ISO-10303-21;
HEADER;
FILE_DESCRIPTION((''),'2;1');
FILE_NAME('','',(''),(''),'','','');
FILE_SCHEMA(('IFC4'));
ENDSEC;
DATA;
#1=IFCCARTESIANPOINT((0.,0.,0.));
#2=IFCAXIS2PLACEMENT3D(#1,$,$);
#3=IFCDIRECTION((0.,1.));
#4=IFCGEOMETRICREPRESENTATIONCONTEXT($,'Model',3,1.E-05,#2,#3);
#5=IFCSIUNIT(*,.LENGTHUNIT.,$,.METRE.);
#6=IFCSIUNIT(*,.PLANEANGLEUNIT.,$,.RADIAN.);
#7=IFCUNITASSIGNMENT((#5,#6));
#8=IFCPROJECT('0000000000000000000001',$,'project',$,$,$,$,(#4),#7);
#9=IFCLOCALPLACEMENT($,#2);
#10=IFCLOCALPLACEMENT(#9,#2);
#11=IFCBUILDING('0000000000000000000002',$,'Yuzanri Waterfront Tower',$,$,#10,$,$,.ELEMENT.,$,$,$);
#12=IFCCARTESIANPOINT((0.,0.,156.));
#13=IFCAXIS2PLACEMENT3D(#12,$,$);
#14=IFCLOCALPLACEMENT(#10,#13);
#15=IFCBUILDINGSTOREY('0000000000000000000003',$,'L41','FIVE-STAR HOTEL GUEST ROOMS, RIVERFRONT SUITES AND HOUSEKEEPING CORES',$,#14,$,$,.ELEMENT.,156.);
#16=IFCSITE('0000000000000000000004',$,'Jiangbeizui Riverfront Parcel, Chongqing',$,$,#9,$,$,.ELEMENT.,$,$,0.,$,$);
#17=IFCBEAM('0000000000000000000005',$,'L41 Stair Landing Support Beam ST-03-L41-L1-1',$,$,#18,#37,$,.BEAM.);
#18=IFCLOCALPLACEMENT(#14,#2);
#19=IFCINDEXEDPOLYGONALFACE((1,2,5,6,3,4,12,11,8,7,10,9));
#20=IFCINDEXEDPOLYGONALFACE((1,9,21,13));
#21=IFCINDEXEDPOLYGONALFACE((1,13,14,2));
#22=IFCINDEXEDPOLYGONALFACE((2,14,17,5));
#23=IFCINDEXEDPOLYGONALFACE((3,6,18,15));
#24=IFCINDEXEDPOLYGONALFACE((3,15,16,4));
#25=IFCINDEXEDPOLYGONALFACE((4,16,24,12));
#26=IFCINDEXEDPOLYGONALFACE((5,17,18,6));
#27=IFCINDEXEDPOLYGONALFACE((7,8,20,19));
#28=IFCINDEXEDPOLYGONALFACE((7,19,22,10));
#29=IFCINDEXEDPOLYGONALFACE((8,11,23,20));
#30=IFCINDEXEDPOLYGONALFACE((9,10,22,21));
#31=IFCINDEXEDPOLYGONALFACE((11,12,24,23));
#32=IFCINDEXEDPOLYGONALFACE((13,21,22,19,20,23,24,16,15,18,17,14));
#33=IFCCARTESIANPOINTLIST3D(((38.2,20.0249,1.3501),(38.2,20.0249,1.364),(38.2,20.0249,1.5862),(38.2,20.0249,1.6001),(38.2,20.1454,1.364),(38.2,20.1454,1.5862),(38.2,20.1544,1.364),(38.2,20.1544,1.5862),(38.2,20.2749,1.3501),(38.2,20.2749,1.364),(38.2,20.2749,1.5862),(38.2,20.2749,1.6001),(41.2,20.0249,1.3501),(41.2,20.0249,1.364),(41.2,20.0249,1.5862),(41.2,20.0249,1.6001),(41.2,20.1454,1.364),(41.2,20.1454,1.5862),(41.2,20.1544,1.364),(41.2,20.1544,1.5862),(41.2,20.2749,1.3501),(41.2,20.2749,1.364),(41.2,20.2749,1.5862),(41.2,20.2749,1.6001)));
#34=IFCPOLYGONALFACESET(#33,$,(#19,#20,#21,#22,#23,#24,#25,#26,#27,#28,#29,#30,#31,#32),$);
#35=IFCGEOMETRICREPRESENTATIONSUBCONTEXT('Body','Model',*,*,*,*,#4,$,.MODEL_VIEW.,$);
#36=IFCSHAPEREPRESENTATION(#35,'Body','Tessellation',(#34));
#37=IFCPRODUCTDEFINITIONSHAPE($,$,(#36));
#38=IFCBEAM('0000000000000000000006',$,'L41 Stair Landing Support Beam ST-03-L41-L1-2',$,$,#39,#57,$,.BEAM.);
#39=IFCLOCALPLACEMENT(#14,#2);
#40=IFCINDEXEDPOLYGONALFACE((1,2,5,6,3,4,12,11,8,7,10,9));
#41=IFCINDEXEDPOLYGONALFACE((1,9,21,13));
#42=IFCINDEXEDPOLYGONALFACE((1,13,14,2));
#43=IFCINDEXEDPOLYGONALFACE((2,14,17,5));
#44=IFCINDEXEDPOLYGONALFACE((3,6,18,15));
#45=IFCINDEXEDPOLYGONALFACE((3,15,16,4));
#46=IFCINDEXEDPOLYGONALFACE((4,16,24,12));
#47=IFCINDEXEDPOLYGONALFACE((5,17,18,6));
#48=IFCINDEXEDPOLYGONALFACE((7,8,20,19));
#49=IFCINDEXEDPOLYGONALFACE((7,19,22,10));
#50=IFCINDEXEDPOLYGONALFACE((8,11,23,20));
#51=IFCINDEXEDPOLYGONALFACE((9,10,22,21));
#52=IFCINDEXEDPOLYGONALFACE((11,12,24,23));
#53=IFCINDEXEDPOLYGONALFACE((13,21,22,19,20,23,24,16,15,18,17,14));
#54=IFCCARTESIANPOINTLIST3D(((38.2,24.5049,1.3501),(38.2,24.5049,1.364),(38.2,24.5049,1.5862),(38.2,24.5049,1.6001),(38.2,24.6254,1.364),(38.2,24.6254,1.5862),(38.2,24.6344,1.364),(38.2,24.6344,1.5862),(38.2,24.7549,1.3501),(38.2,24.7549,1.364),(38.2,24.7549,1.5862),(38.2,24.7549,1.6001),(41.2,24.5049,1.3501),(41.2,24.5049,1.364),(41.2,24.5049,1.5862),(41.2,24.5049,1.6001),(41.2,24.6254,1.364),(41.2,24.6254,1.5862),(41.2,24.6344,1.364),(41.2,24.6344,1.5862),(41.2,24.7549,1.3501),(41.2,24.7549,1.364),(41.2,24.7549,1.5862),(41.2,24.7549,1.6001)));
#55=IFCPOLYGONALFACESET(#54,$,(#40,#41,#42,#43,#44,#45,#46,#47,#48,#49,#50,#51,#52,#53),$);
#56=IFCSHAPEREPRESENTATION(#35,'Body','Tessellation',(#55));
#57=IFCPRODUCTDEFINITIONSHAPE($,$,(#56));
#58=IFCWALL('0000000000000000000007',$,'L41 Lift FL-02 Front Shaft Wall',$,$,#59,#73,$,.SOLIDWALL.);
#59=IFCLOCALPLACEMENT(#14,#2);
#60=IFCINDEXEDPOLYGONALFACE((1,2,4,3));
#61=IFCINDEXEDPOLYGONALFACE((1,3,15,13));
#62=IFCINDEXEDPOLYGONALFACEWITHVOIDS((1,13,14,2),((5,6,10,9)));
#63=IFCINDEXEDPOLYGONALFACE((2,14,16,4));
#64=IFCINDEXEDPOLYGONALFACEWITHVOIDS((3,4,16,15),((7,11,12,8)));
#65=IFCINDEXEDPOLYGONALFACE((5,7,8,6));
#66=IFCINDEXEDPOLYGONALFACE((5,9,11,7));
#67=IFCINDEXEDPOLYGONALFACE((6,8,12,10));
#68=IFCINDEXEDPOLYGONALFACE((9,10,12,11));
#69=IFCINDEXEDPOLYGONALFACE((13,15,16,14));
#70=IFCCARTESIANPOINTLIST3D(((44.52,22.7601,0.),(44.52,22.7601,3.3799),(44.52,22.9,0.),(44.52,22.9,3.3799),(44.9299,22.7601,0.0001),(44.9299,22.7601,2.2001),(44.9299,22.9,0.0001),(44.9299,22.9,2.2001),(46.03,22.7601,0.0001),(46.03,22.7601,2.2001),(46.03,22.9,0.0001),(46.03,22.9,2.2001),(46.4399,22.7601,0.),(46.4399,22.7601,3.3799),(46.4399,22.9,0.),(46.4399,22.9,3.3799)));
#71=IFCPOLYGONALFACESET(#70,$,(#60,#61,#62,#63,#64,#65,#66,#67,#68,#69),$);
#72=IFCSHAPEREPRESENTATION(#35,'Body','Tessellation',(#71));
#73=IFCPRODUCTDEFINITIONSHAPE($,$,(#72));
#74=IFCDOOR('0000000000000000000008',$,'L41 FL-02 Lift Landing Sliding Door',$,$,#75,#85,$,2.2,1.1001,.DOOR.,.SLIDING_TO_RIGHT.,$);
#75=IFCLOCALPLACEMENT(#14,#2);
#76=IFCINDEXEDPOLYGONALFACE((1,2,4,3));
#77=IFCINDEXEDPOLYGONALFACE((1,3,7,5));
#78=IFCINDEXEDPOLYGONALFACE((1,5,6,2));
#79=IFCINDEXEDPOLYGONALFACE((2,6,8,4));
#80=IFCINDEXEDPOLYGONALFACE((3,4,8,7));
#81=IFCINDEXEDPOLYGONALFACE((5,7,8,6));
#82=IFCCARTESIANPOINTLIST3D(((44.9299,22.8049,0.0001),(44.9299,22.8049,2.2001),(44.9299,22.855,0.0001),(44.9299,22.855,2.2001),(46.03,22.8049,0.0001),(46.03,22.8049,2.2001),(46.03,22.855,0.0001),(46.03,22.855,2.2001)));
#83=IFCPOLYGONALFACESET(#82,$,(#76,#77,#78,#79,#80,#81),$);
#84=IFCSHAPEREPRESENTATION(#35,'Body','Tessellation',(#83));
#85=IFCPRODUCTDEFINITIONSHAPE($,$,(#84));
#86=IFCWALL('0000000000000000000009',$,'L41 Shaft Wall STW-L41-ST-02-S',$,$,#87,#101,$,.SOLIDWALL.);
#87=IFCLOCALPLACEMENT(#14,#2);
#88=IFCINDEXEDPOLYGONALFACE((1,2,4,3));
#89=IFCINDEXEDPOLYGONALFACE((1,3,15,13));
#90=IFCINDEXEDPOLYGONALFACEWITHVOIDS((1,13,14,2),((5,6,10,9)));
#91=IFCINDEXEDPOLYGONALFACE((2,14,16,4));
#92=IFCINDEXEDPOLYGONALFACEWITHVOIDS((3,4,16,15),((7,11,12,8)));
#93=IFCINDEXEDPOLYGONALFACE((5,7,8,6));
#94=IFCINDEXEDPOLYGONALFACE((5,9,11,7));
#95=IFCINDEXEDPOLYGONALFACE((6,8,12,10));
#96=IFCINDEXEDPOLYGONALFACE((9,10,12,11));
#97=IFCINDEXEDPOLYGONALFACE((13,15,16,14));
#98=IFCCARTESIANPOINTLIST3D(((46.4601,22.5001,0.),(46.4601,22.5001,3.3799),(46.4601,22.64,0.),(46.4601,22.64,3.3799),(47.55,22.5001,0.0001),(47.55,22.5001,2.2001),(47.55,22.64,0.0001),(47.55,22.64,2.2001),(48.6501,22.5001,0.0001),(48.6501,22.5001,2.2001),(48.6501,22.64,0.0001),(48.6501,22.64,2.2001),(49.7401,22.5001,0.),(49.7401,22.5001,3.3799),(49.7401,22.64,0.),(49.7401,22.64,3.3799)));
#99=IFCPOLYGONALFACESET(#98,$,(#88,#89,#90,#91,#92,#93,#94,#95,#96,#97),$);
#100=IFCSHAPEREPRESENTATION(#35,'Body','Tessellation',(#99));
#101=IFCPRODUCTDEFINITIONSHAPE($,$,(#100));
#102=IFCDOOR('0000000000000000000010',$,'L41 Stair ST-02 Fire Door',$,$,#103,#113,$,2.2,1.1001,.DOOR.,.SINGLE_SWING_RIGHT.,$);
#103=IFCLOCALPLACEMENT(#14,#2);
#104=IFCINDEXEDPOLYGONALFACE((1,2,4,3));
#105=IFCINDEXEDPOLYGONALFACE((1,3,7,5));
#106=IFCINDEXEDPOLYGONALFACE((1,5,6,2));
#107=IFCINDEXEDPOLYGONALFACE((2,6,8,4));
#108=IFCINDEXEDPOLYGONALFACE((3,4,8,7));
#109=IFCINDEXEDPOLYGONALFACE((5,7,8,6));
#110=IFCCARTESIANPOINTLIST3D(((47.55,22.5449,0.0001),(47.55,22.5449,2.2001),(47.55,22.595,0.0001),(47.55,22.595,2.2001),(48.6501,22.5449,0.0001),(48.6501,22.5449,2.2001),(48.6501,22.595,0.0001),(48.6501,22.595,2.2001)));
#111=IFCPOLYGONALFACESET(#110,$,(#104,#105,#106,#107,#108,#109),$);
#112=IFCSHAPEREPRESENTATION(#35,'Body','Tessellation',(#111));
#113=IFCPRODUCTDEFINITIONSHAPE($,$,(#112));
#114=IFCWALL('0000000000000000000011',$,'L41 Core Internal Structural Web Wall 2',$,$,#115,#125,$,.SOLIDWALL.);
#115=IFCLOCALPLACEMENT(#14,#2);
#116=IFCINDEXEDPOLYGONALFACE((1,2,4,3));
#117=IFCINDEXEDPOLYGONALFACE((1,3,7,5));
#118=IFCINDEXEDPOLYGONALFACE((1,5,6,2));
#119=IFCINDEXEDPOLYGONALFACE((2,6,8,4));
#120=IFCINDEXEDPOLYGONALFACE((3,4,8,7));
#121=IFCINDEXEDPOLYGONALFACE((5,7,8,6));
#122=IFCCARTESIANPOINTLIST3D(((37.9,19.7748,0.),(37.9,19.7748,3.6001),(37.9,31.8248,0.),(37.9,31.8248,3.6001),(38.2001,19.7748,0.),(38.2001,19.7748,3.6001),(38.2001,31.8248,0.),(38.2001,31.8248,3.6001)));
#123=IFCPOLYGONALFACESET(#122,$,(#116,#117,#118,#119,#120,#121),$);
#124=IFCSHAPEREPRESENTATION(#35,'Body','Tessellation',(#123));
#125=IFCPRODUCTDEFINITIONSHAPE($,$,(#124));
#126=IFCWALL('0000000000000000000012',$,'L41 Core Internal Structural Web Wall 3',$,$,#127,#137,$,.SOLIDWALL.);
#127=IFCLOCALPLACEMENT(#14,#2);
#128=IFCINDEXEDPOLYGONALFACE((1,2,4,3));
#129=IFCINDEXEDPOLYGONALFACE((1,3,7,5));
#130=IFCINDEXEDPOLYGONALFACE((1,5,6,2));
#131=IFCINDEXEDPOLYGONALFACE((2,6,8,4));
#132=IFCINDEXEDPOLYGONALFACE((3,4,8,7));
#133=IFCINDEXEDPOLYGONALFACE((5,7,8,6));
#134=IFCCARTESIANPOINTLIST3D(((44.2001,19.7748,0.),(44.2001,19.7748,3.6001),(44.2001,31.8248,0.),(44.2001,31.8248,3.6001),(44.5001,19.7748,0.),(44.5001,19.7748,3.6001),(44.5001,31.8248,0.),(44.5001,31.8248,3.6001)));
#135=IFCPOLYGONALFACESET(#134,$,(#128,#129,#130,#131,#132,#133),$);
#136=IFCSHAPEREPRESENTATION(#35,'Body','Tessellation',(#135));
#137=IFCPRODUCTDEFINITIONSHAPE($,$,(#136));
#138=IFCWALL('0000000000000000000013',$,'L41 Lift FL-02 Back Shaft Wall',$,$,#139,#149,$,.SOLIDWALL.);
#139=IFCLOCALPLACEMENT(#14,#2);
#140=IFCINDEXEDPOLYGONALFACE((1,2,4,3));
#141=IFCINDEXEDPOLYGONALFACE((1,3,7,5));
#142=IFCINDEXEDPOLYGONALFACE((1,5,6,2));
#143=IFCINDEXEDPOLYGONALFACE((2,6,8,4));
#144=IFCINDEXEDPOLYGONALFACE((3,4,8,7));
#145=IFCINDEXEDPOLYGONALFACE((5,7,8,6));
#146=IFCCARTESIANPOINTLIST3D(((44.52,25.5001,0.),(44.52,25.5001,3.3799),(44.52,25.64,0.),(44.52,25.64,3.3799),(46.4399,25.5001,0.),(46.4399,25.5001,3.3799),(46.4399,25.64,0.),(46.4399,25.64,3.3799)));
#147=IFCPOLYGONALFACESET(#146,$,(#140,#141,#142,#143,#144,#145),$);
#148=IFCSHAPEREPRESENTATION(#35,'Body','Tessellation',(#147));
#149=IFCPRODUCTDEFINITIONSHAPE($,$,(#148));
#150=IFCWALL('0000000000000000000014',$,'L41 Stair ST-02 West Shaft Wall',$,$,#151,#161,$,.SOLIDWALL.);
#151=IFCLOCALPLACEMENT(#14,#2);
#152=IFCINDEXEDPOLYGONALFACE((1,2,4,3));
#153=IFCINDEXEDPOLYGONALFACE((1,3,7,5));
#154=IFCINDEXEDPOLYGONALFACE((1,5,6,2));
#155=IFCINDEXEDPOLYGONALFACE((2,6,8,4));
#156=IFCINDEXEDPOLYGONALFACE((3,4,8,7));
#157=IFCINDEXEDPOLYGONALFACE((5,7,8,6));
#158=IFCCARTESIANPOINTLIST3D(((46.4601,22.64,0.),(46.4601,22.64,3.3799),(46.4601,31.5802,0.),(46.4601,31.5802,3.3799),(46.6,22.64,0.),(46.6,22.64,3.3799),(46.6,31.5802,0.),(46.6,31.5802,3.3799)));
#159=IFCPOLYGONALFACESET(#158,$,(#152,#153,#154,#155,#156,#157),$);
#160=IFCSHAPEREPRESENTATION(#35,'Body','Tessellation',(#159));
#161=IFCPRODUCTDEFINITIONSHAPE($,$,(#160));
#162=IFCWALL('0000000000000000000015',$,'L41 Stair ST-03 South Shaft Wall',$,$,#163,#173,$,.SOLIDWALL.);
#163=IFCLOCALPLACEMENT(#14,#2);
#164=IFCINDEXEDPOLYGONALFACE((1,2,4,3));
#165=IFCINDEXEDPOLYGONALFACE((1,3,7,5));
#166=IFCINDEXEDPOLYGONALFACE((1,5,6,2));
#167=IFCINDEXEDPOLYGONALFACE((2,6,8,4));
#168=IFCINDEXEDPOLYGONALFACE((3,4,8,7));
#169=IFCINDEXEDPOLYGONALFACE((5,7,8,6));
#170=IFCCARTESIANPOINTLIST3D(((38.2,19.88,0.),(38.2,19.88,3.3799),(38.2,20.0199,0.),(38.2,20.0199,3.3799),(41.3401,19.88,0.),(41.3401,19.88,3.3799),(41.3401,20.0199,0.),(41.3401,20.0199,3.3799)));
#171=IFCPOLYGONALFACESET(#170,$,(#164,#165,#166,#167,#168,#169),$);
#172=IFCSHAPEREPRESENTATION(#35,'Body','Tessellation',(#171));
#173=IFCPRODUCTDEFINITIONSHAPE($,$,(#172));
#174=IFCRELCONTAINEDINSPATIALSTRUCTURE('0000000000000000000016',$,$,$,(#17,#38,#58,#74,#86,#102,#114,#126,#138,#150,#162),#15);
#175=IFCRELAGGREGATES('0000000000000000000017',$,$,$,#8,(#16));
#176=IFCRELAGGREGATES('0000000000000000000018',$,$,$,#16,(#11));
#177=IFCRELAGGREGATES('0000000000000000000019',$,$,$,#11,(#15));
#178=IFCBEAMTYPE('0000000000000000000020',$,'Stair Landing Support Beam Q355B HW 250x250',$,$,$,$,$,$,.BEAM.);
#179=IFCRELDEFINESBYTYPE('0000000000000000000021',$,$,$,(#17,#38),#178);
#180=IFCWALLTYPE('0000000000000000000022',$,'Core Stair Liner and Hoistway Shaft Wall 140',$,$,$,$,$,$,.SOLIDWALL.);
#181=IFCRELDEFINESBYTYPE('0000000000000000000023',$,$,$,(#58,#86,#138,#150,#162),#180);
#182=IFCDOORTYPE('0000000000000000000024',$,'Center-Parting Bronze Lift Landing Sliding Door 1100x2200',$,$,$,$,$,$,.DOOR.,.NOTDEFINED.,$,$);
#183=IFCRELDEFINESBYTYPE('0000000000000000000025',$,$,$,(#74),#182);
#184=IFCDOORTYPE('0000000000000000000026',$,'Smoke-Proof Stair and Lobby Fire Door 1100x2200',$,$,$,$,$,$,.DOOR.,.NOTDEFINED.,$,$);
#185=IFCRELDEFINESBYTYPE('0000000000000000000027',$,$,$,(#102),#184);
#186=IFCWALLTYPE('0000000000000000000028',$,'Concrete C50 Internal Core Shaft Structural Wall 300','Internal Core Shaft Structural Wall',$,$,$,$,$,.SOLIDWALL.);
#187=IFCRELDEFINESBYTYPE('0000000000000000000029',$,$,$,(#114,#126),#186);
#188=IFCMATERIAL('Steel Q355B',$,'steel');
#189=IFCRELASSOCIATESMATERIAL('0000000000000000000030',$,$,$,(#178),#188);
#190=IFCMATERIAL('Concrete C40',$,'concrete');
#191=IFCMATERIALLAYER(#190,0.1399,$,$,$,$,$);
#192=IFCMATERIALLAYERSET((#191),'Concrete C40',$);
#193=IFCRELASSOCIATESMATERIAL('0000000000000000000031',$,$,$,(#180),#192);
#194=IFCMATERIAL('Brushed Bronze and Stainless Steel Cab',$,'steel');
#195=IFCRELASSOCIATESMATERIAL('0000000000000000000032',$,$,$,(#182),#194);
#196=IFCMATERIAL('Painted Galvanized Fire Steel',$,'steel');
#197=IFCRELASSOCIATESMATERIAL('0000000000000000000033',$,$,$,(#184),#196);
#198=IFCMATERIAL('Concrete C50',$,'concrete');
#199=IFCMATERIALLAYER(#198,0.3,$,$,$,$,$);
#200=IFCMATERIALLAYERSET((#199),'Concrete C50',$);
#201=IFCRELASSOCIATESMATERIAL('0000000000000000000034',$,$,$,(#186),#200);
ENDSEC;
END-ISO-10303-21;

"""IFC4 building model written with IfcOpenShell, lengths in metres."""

from ifc_helpers import new_model, si_unit, direction, frame, frame_2d, origin, origin_2d, place, context, subcontext, project, spatial, rectangle, i_section, extrude, source, transform, mapped, material, layer, layer_set, material_profile, profile_set, type_object, element, fill, save


model = new_model("IFC4")

# Units and contexts
model_context = context("Model", 3, precision=1e-05, world=origin(), true_north=direction((0.0, 1.0)))
body_context = subcontext(model_context, "Body", "Model", "MODEL_VIEW")
ifc_project = project(units=[si_unit("LENGTHUNIT", "METRE"), si_unit("PLANEANGLEUNIT", "RADIAN")], contexts=[model_context])

# Site, building, storey
site_placement = place(None, origin())
site = spatial("IfcSite", under=ifc_project, at=site_placement, Name="Jiangbeizui Riverfront Parcel, Chongqing", CompositionType="ELEMENT", RefElevation=0.0)
building_placement = place(site_placement, origin())
building = spatial("IfcBuilding", under=site, at=building_placement, Name="Yuzanri Waterfront Tower", CompositionType="ELEMENT")
storey_placement = place(building_placement, frame((0.0, 0.0, 156.0)))
storey = spatial("IfcBuildingStorey", under=building, at=storey_placement, Name="L41", Description="FIVE-STAR HOTEL GUEST ROOMS, RIVERFRONT SUITES AND HOUSEKEEPING CORES", CompositionType="ELEMENT", Elevation=156.0)

# Beams
ifc_material_1 = material(Name="Steel Q355B", Category="steel")
ifc_material_profile = material_profile(ifc_material_1, i_section(OverallWidth=0.25, OverallDepth=0.25, WebThickness=0.009, FlangeThickness=0.0139, at=origin_2d()), Name="HW 250x250x9x14")
ifc_profile_set = profile_set([ifc_material_profile], Name="Steel Q355B")
beam_type = type_object("IfcBeamType", Name="Stair Landing Support Beam Q355B HW 250x250", PredefinedType="BEAM", material=ifc_profile_set)
shared_shape_1 = source(origin(), body_context, "Body", "SweptSolid", [
    extrude(i_section(OverallWidth=0.25, OverallDepth=0.25, WebThickness=0.009, FlangeThickness=0.0139, at=origin_2d()), origin(), (0.0, 0.0, 1.0), 3.0),
])
for number, where, z_axis, x_axis, name in (
    (1, (38.2, 20.1499, 1.4751), (1.0, 0.0, 0.0), (0.0, 1.0, 0.0), "L41 Stair Landing Support Beam ST-03-L41-L1-1"),
    (2, (38.2, 24.6299, 1.4751), (1.0, 0.0, 0.0), (0.0, 1.0, 0.0), "L41 Stair Landing Support Beam ST-03-L41-L1-2"),
):
    element("IfcBeam", number, at=place(storey_placement, frame(where, z_axis=z_axis, x_axis=x_axis)), inside=storey, type_object=beam_type, Name=name, PredefinedType="BEAM", context=body_context, shape_type="MappedRepresentation", body=[
        mapped(shared_shape_1, transform((0.0, 0.0, 0.0), scale=1.0)),
    ])

# Walls, openings, doors
ifc_material_2 = material(Name="Concrete C40", Category="concrete")
ifc_layer_1 = layer(ifc_material_2, 0.1399)
ifc_layer_set_1 = layer_set([ifc_layer_1], Name="Concrete C40")
wall_type_1 = type_object("IfcWallType", Name="Core Stair Liner and Hoistway Shaft Wall 140", PredefinedType="SOLIDWALL", material=ifc_layer_set_1)
wall_1_placement = place(storey_placement, frame((44.52, 22.8301, 0.0), z_axis=(0.0, 0.0, 1.0), x_axis=(1.0, 0.0, 0.0)))
wall_1 = element("IfcWall", 3, at=wall_1_placement, inside=storey, type_object=wall_type_1, Name="L41 Lift FL-02 Front Shaft Wall", PredefinedType="SOLIDWALL", context=body_context, shape_type="SweptSolid", body=[
    extrude(rectangle(XDim=1.9199, YDim=0.1399, at=frame_2d((0.96, 0.0))), origin(), (0.0, 0.0, 1.0), 3.3799),
])
opening_1_placement = place(wall_1_placement, frame((0.4099, 0.0, 0.0)))
opening_1 = element("IfcOpeningElement", 4, at=opening_1_placement, cuts=wall_1, PredefinedType="OPENING", context=body_context, shape_type="SweptSolid", body=[
    extrude(rectangle(XDim=1.1001, YDim=2.2, at=frame_2d((0.55, 1.1001))), frame((0.0, 0.085, 0.0), z_axis=(0.0, -1.0, 0.0), x_axis=(1.0, 0.0, 0.0)), (0.0, 0.0, 1.0), 0.1697),
])
ifc_material_3 = material(Name="Brushed Bronze and Stainless Steel Cab", Category="steel")
door_type_1 = type_object("IfcDoorType", Name="Center-Parting Bronze Lift Landing Sliding Door 1100x2200", OperationType="NOTDEFINED", PredefinedType="DOOR", material=ifc_material_3)
shared_shape_2 = source(origin(), body_context, "Body", "SweptSolid", [
    extrude(rectangle(XDim=1.1001, YDim=2.2, at=frame_2d((0.55, 1.1001))), frame((0.0, 0.0249, 0.0), z_axis=(0.0, -1.0, 0.0), x_axis=(1.0, 0.0, 0.0)), (0.0, 0.0, 1.0), 0.05),
])
door_1_placement = place(opening_1_placement, origin())
door_1 = element("IfcDoor", 5, at=door_1_placement, inside=storey, type_object=door_type_1, Name="L41 FL-02 Lift Landing Sliding Door", OperationType="SLIDING_TO_RIGHT", OverallHeight=2.2, OverallWidth=1.1001, PredefinedType="DOOR", context=body_context, shape_type="MappedRepresentation", body=[
    mapped(shared_shape_2, transform((0.0, 0.0, 0.0), scale=1.0)),
])
fill(opening_1, door_1)
wall_2_placement = place(storey_placement, frame((46.46, 22.5701, 0.0), z_axis=(0.0, 0.0, 1.0), x_axis=(1.0, 0.0, 0.0)))
wall_2 = element("IfcWall", 6, at=wall_2_placement, inside=storey, type_object=wall_type_1, Name="L41 Shaft Wall STW-L41-ST-02-S", PredefinedType="SOLIDWALL", context=body_context, shape_type="SweptSolid", body=[
    extrude(rectangle(XDim=3.28, YDim=0.1399, at=frame_2d((1.6401, 0.0))), origin(), (0.0, 0.0, 1.0), 3.3799),
])
opening_2_placement = place(wall_2_placement, frame((1.0901, 0.0, 0.0)))
opening_2 = element("IfcOpeningElement", 7, at=opening_2_placement, cuts=wall_2, PredefinedType="OPENING", context=body_context, shape_type="SweptSolid", body=[
    extrude(rectangle(XDim=1.1001, YDim=2.2, at=frame_2d((0.55, 1.1001))), frame((0.0, 0.085, 0.0), z_axis=(0.0, -1.0, 0.0), x_axis=(1.0, 0.0, 0.0)), (0.0, 0.0, 1.0), 0.1697),
])
ifc_material_4 = material(Name="Painted Galvanized Fire Steel", Category="steel")
door_type_2 = type_object("IfcDoorType", Name="Smoke-Proof Stair and Lobby Fire Door 1100x2200", OperationType="NOTDEFINED", PredefinedType="DOOR", material=ifc_material_4)
shared_shape_3 = source(origin(), body_context, "Body", "SweptSolid", [
    extrude(rectangle(XDim=1.1001, YDim=2.2, at=frame_2d((0.55, 1.1001))), frame((0.0, 0.0249, 0.0), z_axis=(0.0, -1.0, 0.0), x_axis=(1.0, 0.0, 0.0)), (0.0, 0.0, 1.0), 0.05),
])
door_2_placement = place(opening_2_placement, origin())
door_2 = element("IfcDoor", 8, at=door_2_placement, inside=storey, type_object=door_type_2, Name="L41 Stair ST-02 Fire Door", OperationType="SINGLE_SWING_RIGHT", OverallHeight=2.2, OverallWidth=1.1001, PredefinedType="DOOR", context=body_context, shape_type="MappedRepresentation", body=[
    mapped(shared_shape_3, transform((0.0, 0.0, 0.0), scale=1.0)),
])
fill(opening_2, door_2)

# Walls
ifc_material_5 = material(Name="Concrete C50", Category="concrete")
ifc_layer_2 = layer(ifc_material_5, 0.3)
ifc_layer_set_2 = layer_set([ifc_layer_2], Name="Concrete C50")
wall_type_2 = type_object("IfcWallType", Name="Concrete C50 Internal Core Shaft Structural Wall 300", Description="Internal Core Shaft Structural Wall", PredefinedType="SOLIDWALL", material=ifc_layer_set_2)
shared_shape_4 = source(origin(), body_context, "Body", "SweptSolid", [
    extrude(rectangle(XDim=12.05, YDim=0.3, at=frame_2d((6.0249, 0.0))), origin(), (0.0, 0.0, 1.0), 3.6001),
])
for number, where, z_axis, x_axis, name in (
    (9, (38.05, 19.7749, 0.0), (0.0, 0.0, 1.0), (0.0, 1.0, 0.0), "L41 Core Internal Structural Web Wall 2"),
    (10, (44.3501, 19.7749, 0.0), (0.0, 0.0, 1.0), (0.0, 1.0, 0.0), "L41 Core Internal Structural Web Wall 3"),
):
    element("IfcWall", number, at=place(storey_placement, frame(where, z_axis=z_axis, x_axis=x_axis)), inside=storey, type_object=wall_type_2, Name=name, PredefinedType="SOLIDWALL", context=body_context, shape_type="MappedRepresentation", body=[
        mapped(shared_shape_4, transform((0.0, 0.0, 0.0), scale=1.0)),
    ])
shared_shape_5 = source(origin(), body_context, "Body", "SweptSolid", [
    extrude(rectangle(XDim=1.9199, YDim=0.1399, at=frame_2d((0.96, 0.0))), origin(), (0.0, 0.0, 1.0), 3.3799),
])
wall_3_placement = place(storey_placement, frame((44.52, 25.5701, 0.0), z_axis=(0.0, 0.0, 1.0), x_axis=(1.0, 0.0, 0.0)))
element("IfcWall", 11, at=wall_3_placement, inside=storey, type_object=wall_type_1, Name="L41 Lift FL-02 Back Shaft Wall", PredefinedType="SOLIDWALL", context=body_context, shape_type="MappedRepresentation", body=[
    mapped(shared_shape_5, transform((0.0, 0.0, 0.0), scale=1.0)),
])
shared_shape_6 = source(origin(), body_context, "Body", "SweptSolid", [
    extrude(rectangle(XDim=8.9402, YDim=0.1399, at=frame_2d((4.4702, 0.0))), origin(), (0.0, 0.0, 1.0), 3.3799),
])
wall_4_placement = place(storey_placement, frame((46.53, 22.6399, 0.0), z_axis=(0.0, 0.0, 1.0), x_axis=(0.0, 1.0, 0.0)))
element("IfcWall", 12, at=wall_4_placement, inside=storey, type_object=wall_type_1, Name="L41 Stair ST-02 West Shaft Wall", PredefinedType="SOLIDWALL", context=body_context, shape_type="MappedRepresentation", body=[
    mapped(shared_shape_6, transform((0.0, 0.0, 0.0), scale=1.0)),
])
shared_shape_7 = source(origin(), body_context, "Body", "SweptSolid", [
    extrude(rectangle(XDim=3.1401, YDim=0.1399, at=frame_2d((1.5701, 0.0))), origin(), (0.0, 0.0, 1.0), 3.3799),
])
wall_5_placement = place(storey_placement, frame((38.2, 19.95, 0.0), z_axis=(0.0, 0.0, 1.0), x_axis=(1.0, 0.0, 0.0)))
element("IfcWall", 13, at=wall_5_placement, inside=storey, type_object=wall_type_1, Name="L41 Stair ST-03 South Shaft Wall", PredefinedType="SOLIDWALL", context=body_context, shape_type="MappedRepresentation", body=[
    mapped(shared_shape_7, transform((0.0, 0.0, 0.0), scale=1.0)),
])

save(model, "model.ifc")
